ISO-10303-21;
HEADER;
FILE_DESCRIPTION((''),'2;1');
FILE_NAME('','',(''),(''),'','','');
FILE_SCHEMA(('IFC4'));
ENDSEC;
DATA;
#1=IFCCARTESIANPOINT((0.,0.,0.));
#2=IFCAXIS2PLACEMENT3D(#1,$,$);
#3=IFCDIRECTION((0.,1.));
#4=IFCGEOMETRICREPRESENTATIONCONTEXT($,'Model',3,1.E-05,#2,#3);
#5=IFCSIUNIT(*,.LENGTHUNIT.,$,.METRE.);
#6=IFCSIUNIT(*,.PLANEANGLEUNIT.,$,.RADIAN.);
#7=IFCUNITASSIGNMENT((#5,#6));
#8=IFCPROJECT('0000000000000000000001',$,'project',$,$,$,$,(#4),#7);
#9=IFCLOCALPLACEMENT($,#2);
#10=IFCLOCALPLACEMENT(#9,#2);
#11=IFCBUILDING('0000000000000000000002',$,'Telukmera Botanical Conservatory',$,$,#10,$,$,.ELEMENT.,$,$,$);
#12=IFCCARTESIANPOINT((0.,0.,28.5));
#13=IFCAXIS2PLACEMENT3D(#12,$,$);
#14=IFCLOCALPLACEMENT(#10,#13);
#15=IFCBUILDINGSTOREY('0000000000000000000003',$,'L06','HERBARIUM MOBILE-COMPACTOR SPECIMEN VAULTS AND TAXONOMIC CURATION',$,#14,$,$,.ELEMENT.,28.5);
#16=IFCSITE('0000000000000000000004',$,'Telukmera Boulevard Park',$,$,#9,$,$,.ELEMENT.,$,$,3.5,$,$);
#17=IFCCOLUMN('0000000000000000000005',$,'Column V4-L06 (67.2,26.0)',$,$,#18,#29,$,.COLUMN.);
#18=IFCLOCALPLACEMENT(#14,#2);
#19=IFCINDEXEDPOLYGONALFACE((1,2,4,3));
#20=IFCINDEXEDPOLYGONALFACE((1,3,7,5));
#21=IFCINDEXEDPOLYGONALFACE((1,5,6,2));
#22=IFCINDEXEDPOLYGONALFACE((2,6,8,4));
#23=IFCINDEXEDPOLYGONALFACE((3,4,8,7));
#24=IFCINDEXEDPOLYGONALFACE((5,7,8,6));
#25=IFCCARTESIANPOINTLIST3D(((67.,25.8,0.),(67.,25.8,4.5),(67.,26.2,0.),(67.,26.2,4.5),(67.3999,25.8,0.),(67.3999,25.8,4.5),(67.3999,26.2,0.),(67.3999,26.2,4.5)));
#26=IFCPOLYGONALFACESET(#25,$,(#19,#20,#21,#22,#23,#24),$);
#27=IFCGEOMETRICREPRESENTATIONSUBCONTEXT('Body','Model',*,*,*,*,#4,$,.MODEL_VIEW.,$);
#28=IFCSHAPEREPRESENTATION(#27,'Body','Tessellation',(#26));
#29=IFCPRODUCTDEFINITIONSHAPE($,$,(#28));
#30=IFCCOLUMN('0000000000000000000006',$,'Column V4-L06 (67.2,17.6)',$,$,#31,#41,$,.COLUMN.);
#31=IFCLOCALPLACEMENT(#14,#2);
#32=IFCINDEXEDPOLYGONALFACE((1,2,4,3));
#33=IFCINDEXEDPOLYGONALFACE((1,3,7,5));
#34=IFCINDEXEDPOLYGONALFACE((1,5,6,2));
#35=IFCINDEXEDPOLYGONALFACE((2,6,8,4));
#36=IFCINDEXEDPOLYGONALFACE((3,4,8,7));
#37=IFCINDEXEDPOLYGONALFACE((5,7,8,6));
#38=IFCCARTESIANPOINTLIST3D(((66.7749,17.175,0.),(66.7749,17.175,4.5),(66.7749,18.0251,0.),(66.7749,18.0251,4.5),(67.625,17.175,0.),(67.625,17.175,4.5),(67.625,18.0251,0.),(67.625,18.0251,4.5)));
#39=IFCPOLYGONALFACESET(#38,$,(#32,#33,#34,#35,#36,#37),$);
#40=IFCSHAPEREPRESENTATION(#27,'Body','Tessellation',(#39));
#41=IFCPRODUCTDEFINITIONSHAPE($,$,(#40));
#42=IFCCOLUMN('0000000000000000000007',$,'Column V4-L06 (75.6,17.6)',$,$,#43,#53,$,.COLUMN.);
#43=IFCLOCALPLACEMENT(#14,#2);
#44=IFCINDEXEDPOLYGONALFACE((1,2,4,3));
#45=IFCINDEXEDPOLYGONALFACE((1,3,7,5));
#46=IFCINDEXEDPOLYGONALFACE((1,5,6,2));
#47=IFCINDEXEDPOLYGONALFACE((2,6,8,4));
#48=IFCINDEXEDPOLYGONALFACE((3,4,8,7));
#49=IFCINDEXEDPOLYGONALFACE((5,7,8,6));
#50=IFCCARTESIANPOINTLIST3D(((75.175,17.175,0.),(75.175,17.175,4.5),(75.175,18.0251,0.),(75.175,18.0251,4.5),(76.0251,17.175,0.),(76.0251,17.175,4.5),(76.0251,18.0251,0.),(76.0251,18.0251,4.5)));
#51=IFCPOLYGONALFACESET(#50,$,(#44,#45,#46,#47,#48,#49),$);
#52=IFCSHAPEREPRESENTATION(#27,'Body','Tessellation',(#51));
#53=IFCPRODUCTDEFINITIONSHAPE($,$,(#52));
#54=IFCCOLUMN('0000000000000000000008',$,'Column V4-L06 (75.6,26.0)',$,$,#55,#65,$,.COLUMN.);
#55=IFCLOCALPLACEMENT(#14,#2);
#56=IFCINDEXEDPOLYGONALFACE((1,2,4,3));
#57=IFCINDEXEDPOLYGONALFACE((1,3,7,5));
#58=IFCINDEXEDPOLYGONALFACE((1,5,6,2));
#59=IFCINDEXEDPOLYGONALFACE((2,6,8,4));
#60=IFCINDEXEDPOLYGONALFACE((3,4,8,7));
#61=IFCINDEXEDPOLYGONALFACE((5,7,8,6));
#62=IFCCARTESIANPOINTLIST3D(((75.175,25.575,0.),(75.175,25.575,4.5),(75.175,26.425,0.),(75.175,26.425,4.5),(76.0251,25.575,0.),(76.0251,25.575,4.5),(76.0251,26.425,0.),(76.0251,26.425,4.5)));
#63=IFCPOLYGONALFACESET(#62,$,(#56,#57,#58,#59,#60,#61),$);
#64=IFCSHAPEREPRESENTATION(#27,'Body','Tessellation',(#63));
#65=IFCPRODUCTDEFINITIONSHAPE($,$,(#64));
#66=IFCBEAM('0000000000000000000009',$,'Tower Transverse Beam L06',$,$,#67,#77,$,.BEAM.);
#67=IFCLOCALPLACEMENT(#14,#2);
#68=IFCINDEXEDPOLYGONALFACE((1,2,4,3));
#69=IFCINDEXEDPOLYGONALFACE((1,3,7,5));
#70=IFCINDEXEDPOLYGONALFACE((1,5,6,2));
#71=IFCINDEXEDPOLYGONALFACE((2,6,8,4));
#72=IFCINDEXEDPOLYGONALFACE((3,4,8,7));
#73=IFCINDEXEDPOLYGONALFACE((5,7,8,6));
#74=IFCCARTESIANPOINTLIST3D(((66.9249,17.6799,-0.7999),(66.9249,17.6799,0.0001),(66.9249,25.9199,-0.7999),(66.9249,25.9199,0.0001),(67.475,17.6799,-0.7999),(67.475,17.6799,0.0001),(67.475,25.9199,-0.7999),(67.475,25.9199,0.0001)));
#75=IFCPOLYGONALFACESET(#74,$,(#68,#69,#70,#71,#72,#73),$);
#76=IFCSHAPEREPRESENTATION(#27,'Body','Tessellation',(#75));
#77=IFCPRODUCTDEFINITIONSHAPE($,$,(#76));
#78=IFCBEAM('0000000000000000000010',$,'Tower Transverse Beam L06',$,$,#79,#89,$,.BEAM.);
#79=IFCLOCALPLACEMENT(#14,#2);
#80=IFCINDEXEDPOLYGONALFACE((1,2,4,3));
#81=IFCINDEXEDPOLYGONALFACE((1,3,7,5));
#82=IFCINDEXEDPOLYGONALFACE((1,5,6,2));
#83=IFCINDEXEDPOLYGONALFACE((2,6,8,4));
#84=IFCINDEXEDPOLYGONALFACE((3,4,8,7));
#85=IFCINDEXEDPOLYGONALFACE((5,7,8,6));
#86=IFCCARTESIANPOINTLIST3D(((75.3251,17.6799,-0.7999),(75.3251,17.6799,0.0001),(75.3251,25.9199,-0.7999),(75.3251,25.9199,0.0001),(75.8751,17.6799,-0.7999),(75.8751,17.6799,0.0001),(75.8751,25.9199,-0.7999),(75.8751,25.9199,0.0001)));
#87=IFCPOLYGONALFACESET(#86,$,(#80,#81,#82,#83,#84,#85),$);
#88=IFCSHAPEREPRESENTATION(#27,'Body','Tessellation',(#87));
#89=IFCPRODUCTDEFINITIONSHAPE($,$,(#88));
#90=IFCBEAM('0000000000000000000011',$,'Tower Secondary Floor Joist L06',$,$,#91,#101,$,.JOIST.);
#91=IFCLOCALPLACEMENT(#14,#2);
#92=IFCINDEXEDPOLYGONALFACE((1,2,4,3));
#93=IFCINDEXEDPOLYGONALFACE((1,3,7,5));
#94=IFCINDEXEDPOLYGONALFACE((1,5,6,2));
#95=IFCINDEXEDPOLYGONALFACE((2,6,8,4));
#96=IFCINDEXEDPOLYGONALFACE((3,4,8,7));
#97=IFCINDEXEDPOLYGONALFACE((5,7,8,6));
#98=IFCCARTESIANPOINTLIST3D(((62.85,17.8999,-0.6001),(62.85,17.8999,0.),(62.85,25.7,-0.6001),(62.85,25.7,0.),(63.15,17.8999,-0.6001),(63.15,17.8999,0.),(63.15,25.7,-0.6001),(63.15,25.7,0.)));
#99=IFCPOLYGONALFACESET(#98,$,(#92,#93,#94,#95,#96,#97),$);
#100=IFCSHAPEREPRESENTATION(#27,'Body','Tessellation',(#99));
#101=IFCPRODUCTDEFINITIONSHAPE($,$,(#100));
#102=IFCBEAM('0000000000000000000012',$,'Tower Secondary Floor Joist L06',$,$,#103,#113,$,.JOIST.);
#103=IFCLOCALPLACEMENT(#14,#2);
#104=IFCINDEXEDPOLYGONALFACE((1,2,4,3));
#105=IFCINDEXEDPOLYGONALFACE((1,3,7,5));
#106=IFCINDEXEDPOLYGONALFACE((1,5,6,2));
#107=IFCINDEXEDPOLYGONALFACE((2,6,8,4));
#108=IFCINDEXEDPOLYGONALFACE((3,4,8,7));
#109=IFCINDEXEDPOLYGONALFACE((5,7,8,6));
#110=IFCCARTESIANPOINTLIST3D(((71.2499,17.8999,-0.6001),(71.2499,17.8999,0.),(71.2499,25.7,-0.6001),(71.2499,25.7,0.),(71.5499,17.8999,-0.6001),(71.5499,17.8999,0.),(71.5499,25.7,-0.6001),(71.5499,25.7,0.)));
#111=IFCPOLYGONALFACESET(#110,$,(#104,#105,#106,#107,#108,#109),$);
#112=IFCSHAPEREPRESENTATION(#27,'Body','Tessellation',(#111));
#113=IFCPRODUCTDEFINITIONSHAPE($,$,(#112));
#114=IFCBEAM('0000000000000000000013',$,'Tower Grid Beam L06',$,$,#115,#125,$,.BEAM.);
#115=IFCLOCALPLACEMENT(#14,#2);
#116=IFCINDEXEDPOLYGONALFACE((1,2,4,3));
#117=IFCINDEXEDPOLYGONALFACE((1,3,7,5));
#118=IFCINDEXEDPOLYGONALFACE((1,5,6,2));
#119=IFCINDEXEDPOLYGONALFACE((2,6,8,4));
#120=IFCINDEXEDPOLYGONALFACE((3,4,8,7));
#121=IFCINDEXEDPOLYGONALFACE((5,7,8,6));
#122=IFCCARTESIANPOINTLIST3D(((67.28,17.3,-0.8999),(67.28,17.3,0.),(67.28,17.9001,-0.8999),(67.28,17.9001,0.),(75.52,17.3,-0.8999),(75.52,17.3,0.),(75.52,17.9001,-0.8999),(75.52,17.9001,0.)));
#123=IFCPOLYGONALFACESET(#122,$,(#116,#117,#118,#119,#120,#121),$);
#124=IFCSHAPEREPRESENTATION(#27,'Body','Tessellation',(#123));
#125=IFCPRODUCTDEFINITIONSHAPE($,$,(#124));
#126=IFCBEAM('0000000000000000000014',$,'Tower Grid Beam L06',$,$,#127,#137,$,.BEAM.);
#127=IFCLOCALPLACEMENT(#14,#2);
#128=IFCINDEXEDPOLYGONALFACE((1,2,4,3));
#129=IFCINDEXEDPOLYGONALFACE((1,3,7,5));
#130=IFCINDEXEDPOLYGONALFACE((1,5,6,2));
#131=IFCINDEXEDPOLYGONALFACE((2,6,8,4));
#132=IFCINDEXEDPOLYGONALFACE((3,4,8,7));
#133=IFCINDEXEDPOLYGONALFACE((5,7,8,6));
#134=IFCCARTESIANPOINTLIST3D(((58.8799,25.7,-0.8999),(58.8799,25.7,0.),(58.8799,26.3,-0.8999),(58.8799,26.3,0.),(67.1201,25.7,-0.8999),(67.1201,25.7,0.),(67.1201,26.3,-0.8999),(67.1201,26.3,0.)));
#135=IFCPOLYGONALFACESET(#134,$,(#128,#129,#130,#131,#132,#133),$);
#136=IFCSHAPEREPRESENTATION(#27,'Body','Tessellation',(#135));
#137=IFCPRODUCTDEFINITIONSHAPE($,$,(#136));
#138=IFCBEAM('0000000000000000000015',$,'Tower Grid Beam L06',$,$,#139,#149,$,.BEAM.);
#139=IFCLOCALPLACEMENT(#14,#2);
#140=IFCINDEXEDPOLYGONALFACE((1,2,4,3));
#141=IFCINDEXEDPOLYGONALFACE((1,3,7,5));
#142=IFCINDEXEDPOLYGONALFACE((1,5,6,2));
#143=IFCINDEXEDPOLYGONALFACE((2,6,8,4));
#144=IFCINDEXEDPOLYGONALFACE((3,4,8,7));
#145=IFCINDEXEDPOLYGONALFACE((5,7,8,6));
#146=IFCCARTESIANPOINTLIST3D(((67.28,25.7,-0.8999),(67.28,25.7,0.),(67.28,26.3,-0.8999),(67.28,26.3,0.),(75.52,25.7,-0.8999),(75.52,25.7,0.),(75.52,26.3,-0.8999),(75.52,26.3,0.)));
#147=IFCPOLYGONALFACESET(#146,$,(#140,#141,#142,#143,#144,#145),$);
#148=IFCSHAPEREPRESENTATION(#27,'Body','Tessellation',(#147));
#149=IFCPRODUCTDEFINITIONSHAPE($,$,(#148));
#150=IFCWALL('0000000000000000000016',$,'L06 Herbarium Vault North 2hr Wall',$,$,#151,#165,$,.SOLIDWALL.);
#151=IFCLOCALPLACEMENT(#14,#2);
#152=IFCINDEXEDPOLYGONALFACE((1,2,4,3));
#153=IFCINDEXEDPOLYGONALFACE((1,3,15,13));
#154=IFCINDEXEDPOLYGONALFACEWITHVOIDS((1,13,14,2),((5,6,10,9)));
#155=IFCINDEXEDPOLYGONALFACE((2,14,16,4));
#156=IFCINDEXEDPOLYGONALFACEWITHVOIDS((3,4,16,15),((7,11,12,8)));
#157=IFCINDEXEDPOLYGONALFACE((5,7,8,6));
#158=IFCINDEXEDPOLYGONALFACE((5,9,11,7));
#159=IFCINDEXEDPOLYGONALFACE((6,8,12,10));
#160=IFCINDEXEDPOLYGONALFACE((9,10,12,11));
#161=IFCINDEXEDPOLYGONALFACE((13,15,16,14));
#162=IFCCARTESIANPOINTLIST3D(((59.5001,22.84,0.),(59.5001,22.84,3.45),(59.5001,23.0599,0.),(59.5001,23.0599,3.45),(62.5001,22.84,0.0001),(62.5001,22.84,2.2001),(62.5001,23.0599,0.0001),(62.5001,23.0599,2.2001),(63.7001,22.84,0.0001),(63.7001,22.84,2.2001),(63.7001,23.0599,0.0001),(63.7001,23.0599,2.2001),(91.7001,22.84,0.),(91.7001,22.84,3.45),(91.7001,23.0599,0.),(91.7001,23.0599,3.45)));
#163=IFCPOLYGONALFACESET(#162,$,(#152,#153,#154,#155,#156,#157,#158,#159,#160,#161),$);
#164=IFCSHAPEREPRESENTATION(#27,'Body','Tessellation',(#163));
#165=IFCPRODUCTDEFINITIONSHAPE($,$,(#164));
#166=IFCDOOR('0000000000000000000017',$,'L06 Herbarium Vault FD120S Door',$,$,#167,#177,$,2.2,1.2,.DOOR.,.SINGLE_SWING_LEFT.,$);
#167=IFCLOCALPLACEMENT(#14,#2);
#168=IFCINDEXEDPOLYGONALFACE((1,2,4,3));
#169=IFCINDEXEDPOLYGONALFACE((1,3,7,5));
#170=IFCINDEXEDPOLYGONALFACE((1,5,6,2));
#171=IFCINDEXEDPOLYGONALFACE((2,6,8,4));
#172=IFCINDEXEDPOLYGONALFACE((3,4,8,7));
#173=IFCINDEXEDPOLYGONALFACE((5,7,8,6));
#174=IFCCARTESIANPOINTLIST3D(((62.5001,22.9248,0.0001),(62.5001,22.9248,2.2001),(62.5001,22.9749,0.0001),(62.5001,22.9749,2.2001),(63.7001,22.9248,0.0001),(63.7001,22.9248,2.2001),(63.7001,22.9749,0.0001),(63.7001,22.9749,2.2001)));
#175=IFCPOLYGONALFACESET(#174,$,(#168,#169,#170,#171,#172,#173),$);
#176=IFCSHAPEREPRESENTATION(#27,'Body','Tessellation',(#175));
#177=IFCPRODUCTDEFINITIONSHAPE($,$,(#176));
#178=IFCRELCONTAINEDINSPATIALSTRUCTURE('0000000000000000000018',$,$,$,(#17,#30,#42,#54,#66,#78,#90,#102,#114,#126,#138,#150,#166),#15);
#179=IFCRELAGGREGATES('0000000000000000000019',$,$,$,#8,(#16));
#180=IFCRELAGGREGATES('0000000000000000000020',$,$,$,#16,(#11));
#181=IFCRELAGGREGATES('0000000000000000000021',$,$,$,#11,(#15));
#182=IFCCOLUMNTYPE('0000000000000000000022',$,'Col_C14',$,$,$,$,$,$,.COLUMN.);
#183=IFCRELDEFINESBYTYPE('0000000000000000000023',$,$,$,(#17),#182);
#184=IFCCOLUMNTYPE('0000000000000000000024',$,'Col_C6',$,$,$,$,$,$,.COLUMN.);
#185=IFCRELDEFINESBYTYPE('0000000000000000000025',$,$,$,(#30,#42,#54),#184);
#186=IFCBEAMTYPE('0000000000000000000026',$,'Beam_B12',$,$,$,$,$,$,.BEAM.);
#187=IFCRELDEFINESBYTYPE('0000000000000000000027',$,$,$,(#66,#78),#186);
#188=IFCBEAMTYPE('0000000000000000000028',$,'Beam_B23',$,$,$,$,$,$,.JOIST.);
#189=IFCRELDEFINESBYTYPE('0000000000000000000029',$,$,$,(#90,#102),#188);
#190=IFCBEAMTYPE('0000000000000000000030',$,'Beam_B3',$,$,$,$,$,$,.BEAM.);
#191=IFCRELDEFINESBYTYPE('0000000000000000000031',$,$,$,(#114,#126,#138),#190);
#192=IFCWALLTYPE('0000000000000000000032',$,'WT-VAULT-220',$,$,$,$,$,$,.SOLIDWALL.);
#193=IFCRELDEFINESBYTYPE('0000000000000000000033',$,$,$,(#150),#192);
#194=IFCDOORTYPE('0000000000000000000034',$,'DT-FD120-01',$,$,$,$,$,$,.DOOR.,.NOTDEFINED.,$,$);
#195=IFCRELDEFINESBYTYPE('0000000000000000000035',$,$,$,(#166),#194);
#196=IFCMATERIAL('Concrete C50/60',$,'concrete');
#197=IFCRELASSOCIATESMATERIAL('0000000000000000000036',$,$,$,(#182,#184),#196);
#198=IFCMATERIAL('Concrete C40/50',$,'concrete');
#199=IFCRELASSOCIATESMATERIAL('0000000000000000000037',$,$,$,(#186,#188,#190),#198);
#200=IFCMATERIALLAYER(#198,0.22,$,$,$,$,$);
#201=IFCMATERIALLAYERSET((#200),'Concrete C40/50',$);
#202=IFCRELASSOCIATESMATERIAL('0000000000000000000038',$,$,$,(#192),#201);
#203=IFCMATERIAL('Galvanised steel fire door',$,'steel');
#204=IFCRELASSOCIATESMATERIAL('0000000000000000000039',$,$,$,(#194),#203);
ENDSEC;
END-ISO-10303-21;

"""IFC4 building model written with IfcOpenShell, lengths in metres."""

from ifc_helpers import new_model, si_unit, direction, frame, frame_2d, origin, origin_2d, place, context, subcontext, project, spatial, rectangle, extrude, material, layer, layer_set, material_profile, profile_set, type_object, element, fill, save


model = new_model("IFC4")

# Units and contexts
model_context = context("Model", 3, precision=1e-05, world=origin(), true_north=direction((0.0, 1.0)))
body_context = subcontext(model_context, "Body", "Model", "MODEL_VIEW")
ifc_project = project(units=[si_unit("LENGTHUNIT", "METRE"), si_unit("PLANEANGLEUNIT", "RADIAN")], contexts=[model_context])

# Site, building, storey
site_placement = place(None, origin())
site = spatial("IfcSite", under=ifc_project, at=site_placement, Name="Telukmera Boulevard Park", CompositionType="ELEMENT", RefElevation=3.5)
building_placement = place(site_placement, origin())
building = spatial("IfcBuilding", under=site, at=building_placement, Name="Telukmera Botanical Conservatory", CompositionType="ELEMENT")
storey_placement = place(building_placement, frame((0.0, 0.0, 28.5)))
storey = spatial("IfcBuildingStorey", under=building, at=storey_placement, Name="L06", Description="HERBARIUM MOBILE-COMPACTOR SPECIMEN VAULTS AND TAXONOMIC CURATION", CompositionType="ELEMENT", Elevation=28.5)

# Columns
ifc_material_1 = material(Name="Concrete C50/60", Category="concrete")
ifc_material_profile_1 = material_profile(ifc_material_1, rectangle(XDim=0.3999, YDim=0.3999, at=origin_2d()), Name="RC 400x400")
ifc_profile_set_1 = profile_set([ifc_material_profile_1], Name="Concrete C50/60")
column_type_1 = type_object("IfcColumnType", Name="Col_C14", PredefinedType="COLUMN", material=ifc_profile_set_1)
column_placement = place(storey_placement, frame((67.2, 26.0, 0.0), z_axis=(0.0, 0.0, 1.0), x_axis=(1.0, 0.0, 0.0)))
element("IfcColumn", 1, at=column_placement, inside=storey, type_object=column_type_1, Name="Column V4-L06 (67.2,26.0)", PredefinedType="COLUMN", context=body_context, shape_type="SweptSolid", body=[
    extrude(rectangle(XDim=0.3999, YDim=0.3999, at=origin_2d()), origin(), (0.0, 0.0, 1.0), 4.5),
])
ifc_material_profile_2 = material_profile(ifc_material_1, rectangle(XDim=0.8501, YDim=0.8501, at=origin_2d()), Name="RC 850x850")
ifc_profile_set_2 = profile_set([ifc_material_profile_2], Name="Concrete C50/60")
column_type_2 = type_object("IfcColumnType", Name="Col_C6", PredefinedType="COLUMN", material=ifc_profile_set_2)
for number, where, z_axis, x_axis, name in (
    (2, (67.2, 17.6001, 0.0), (0.0, 0.0, 1.0), (1.0, 0.0, 0.0), "Column V4-L06 (67.2,17.6)"),
    (3, (75.6001, 17.6001, 0.0), (0.0, 0.0, 1.0), (1.0, 0.0, 0.0), "Column V4-L06 (75.6,17.6)"),
    (4, (75.6001, 26.0, 0.0), (0.0, 0.0, 1.0), (1.0, 0.0, 0.0), "Column V4-L06 (75.6,26.0)"),
):
    element("IfcColumn", number, at=place(storey_placement, frame(where, z_axis=z_axis, x_axis=x_axis)), inside=storey, type_object=column_type_2, Name=name, PredefinedType="COLUMN", context=body_context, shape_type="SweptSolid", body=[
        extrude(rectangle(XDim=0.8501, YDim=0.8501, at=origin_2d()), origin(), (0.0, 0.0, 1.0), 4.5),
    ])

# Beams
ifc_material_2 = material(Name="Concrete C40/50", Category="concrete")
ifc_material_profile_3 = material_profile(ifc_material_2, rectangle(XDim=0.55, YDim=0.8, at=origin_2d()), Name="RC 550x800")
ifc_profile_set_3 = profile_set([ifc_material_profile_3], Name="Concrete C40/50")
beam_type_1 = type_object("IfcBeamType", Name="Beam_B12", PredefinedType="BEAM", material=ifc_profile_set_3)
for number, where, z_axis, x_axis, name in (
    (5, (67.2, 17.6799, -0.3999), (0.0, 1.0, 0.0), (-1.0, 0.0, 0.0), "Tower Transverse Beam L06"),
    (6, (75.6001, 17.6799, -0.3999), (0.0, 1.0, 0.0), (-1.0, 0.0, 0.0), "Tower Transverse Beam L06"),
):
    element("IfcBeam", number, at=place(storey_placement, frame(where, z_axis=z_axis, x_axis=x_axis)), inside=storey, type_object=beam_type_1, Name=name, PredefinedType="BEAM", context=body_context, shape_type="SweptSolid", body=[
        extrude(rectangle(XDim=0.55, YDim=0.8, at=origin_2d()), origin(), (0.0, 0.0, 1.0), 8.24),
    ])
ifc_material_profile_4 = material_profile(ifc_material_2, rectangle(XDim=0.3, YDim=0.6001, at=origin_2d()), Name="RC 300x600")
ifc_profile_set_4 = profile_set([ifc_material_profile_4], Name="Concrete C40/50")
beam_type_2 = type_object("IfcBeamType", Name="Beam_B23", PredefinedType="JOIST", material=ifc_profile_set_4)
for number, where, z_axis, x_axis, name in (
    (7, (63.0, 17.8999, -0.3), (0.0, 1.0, 0.0), (-1.0, 0.0, 0.0), "Tower Secondary Floor Joist L06"),
    (8, (71.3999, 17.8999, -0.3), (0.0, 1.0, 0.0), (-1.0, 0.0, 0.0), "Tower Secondary Floor Joist L06"),
):
    element("IfcBeam", number, at=place(storey_placement, frame(where, z_axis=z_axis, x_axis=x_axis)), inside=storey, type_object=beam_type_2, Name=name, PredefinedType="JOIST", context=body_context, shape_type="SweptSolid", body=[
        extrude(rectangle(XDim=0.3, YDim=0.6001, at=origin_2d()), origin(), (0.0, 0.0, 1.0), 7.8),
    ])
ifc_material_profile_5 = material_profile(ifc_material_2, rectangle(XDim=0.6001, YDim=0.8999, at=origin_2d()), Name="RC 600x900")
ifc_profile_set_5 = profile_set([ifc_material_profile_5], Name="Concrete C40/50")
beam_type_3 = type_object("IfcBeamType", Name="Beam_B3", PredefinedType="BEAM", material=ifc_profile_set_5)
beam_1_placement = place(storey_placement, frame((67.28, 17.6001, -0.45), z_axis=(1.0, 0.0, 0.0), x_axis=(0.0, 1.0, 0.0)))
element("IfcBeam", 9, at=beam_1_placement, inside=storey, type_object=beam_type_3, Name="Tower Grid Beam L06", PredefinedType="BEAM", context=body_context, shape_type="SweptSolid", body=[
    extrude(rectangle(XDim=0.6001, YDim=0.8999, at=origin_2d()), origin(), (0.0, 0.0, 1.0), 8.24),
])
beam_2_placement = place(storey_placement, frame((58.8799, 26.0, -0.45), z_axis=(1.0, 0.0, 0.0), x_axis=(0.0, 1.0, 0.0)))
element("IfcBeam", 10, at=beam_2_placement, inside=storey, type_object=beam_type_3, Name="Tower Grid Beam L06", PredefinedType="BEAM", context=body_context, shape_type="SweptSolid", body=[
    extrude(rectangle(XDim=0.6001, YDim=0.8999, at=origin_2d()), origin(), (0.0, 0.0, 1.0), 8.2402),
])
beam_3_placement = place(storey_placement, frame((67.28, 26.0, -0.45), z_axis=(1.0, 0.0, 0.0), x_axis=(0.0, 1.0, 0.0)))
element("IfcBeam", 11, at=beam_3_placement, inside=storey, type_object=beam_type_3, Name="Tower Grid Beam L06", PredefinedType="BEAM", context=body_context, shape_type="SweptSolid", body=[
    extrude(rectangle(XDim=0.6001, YDim=0.8999, at=origin_2d()), origin(), (0.0, 0.0, 1.0), 8.24),
])

# Wall, opening, door
ifc_layer_1 = layer(ifc_material_2, 0.22)
ifc_layer_set_1 = layer_set([ifc_layer_1], Name="Concrete C40/50")
wall_type_1 = type_object("IfcWallType", Name="WT-VAULT-220", PredefinedType="SOLIDWALL", material=ifc_layer_set_1)
wall_1_placement = place(storey_placement, frame((59.5, 22.95, 0.0), z_axis=(0.0, 0.0, 1.0), x_axis=(1.0, 0.0, 0.0)))
wall_1 = element("IfcWall", 12, at=wall_1_placement, inside=storey, type_object=wall_type_1, Name="L06 Herbarium Vault North 2hr Wall", PredefinedType="SOLIDWALL", context=body_context, shape_type="SweptSolid", body=[
    extrude(rectangle(XDim=32.2, YDim=0.22, at=frame_2d((16.1001, 0.0))), origin(), (0.0, 0.0, 1.0), 3.45),
])
opening_1_placement = place(wall_1_placement, frame((3.0, 0.0, 0.0)))
opening_1 = element("IfcOpeningElement", 13, at=opening_1_placement, cuts=wall_1, PredefinedType="OPENING", context=body_context, shape_type="SweptSolid", body=[
    extrude(rectangle(XDim=1.2, YDim=2.2, at=frame_2d((0.6001, 1.1001))), frame((0.0, 0.1199, 0.0), z_axis=(0.0, -1.0, 0.0), x_axis=(1.0, 0.0, 0.0)), (0.0, 0.0, 1.0), 0.24),
])
ifc_material_3 = material(Name="Galvanised steel fire door", Category="steel")
door_type_1 = type_object("IfcDoorType", Name="DT-FD120-01", OperationType="NOTDEFINED", PredefinedType="DOOR", material=ifc_material_3)
door_1_placement = place(opening_1_placement, origin())
door_1 = element("IfcDoor", 14, at=door_1_placement, inside=storey, type_object=door_type_1, Name="L06 Herbarium Vault FD120S Door", OperationType="SINGLE_SWING_LEFT", OverallHeight=2.2, OverallWidth=1.2, PredefinedType="DOOR", context=body_context, shape_type="SweptSolid", body=[
    extrude(rectangle(XDim=1.2, YDim=2.2, at=frame_2d((0.6001, 1.1001))), frame((0.0, 0.0249, 0.0), z_axis=(0.0, -1.0, 0.0), x_axis=(1.0, 0.0, 0.0)), (0.0, 0.0, 1.0), 0.05),
])
fill(opening_1, door_1)

save(model, "model.ifc")
